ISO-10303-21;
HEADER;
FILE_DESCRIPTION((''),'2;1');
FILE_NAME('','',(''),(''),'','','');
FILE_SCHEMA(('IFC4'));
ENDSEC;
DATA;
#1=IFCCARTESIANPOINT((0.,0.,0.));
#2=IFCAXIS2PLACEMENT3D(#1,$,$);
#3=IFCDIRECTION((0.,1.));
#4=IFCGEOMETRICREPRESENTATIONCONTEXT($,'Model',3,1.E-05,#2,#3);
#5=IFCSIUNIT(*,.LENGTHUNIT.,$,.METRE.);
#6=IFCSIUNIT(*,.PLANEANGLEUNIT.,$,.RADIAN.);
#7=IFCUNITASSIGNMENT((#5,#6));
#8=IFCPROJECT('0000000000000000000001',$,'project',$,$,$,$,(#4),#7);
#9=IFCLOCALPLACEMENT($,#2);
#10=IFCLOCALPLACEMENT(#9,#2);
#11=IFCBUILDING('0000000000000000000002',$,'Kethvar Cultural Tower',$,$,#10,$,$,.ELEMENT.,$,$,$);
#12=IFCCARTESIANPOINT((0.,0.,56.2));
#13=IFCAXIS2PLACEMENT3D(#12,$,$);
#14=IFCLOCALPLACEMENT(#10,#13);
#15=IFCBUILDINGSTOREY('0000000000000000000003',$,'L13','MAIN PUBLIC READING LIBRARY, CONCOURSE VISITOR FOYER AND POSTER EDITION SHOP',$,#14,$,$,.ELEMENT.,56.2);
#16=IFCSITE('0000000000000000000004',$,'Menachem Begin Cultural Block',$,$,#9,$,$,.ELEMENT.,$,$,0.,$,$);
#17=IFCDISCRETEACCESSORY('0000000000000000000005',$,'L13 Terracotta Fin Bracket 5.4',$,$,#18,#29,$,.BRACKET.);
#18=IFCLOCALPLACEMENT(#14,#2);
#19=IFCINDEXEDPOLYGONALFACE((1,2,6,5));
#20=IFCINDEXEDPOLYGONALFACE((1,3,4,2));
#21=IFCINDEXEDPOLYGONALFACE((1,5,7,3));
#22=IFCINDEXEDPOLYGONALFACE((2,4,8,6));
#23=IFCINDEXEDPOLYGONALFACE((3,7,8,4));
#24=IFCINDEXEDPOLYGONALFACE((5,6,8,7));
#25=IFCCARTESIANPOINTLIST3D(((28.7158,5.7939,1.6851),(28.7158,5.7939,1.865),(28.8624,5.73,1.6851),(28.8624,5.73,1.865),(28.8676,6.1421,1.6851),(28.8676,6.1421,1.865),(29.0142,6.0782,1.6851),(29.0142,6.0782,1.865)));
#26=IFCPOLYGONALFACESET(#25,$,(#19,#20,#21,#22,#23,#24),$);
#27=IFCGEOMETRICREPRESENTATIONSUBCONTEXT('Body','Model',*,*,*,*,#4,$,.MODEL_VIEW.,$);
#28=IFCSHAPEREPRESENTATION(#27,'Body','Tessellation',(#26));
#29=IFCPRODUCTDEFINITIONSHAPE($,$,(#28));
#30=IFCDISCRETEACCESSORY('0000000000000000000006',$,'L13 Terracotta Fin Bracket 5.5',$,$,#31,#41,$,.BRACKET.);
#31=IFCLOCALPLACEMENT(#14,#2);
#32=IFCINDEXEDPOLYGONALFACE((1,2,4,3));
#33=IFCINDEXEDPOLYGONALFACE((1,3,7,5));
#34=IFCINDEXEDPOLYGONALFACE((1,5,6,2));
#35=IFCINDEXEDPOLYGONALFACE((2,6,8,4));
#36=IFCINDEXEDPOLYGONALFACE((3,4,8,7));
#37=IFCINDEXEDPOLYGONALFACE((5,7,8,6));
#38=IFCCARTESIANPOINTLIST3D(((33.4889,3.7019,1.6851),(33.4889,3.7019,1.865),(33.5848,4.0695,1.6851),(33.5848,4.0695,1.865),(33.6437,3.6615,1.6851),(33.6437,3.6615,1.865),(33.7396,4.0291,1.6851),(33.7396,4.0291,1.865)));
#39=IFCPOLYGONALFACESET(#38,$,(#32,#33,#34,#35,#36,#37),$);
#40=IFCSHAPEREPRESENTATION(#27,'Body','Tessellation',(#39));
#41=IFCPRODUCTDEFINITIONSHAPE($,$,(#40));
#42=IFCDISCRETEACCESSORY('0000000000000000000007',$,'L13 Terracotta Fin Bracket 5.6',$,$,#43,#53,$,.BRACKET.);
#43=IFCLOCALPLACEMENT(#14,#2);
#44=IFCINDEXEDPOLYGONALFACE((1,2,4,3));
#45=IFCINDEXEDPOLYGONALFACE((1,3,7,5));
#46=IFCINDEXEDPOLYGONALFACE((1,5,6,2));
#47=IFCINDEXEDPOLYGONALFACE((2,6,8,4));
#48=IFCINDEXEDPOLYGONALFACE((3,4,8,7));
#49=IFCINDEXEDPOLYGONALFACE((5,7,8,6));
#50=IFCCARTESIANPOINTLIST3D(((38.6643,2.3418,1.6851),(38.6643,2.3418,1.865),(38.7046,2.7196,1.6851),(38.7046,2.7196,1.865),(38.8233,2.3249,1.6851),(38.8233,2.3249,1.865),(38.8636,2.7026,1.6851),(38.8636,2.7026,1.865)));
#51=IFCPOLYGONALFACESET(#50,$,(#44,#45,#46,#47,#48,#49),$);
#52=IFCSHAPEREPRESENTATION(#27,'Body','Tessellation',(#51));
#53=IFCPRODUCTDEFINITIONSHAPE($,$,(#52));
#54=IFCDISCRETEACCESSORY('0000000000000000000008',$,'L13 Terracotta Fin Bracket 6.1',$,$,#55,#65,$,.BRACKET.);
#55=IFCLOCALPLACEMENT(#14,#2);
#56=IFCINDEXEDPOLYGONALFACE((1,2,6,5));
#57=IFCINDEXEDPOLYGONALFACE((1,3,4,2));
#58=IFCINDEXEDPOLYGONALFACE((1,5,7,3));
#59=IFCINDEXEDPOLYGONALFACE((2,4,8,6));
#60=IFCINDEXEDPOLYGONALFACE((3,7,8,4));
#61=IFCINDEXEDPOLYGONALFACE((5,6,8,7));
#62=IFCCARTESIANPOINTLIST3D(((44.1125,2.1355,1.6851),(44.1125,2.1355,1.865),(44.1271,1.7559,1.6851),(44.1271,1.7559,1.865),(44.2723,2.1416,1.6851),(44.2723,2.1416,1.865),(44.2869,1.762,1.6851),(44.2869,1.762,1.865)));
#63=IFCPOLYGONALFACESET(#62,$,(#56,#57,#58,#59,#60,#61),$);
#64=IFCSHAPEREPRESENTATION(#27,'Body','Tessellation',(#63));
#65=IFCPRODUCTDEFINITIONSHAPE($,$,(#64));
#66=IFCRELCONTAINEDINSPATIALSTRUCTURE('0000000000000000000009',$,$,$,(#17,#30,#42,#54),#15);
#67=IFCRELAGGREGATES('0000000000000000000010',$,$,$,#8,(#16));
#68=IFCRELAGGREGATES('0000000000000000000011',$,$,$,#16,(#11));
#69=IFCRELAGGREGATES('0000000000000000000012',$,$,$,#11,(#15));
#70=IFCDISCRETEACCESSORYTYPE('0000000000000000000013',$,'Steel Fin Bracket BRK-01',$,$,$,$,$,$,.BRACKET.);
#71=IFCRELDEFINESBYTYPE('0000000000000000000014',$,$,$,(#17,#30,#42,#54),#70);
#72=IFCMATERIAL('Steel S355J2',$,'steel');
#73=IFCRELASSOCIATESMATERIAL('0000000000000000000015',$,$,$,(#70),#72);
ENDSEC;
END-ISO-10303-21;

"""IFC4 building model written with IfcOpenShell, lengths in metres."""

from ifc_helpers import new_model, si_unit, direction, frame, origin, origin_2d, place, context, subcontext, project, spatial, rectangle, extrude, source, transform, mapped, material, type_object, element, save


model = new_model("IFC4")

# Units and contexts
model_context = context("Model", 3, precision=1e-05, world=origin(), true_north=direction((0.0, 1.0)))
body_context = subcontext(model_context, "Body", "Model", "MODEL_VIEW")
ifc_project = project(units=[si_unit("LENGTHUNIT", "METRE"), si_unit("PLANEANGLEUNIT", "RADIAN")], contexts=[model_context])

# Site, building, storey
site_placement = place(None, origin())
site = spatial("IfcSite", under=ifc_project, at=site_placement, Name="Menachem Begin Cultural Block", CompositionType="ELEMENT", RefElevation=0.0)
building_placement = place(site_placement, origin())
building = spatial("IfcBuilding", under=site, at=building_placement, Name="Kethvar Cultural Tower", CompositionType="ELEMENT")
storey_placement = place(building_placement, frame((0.0, 0.0, 56.2)))
storey = spatial("IfcBuildingStorey", under=building, at=storey_placement, Name="L13", Description="MAIN PUBLIC READING LIBRARY, CONCOURSE VISITOR FOYER AND POSTER EDITION SHOP", CompositionType="ELEMENT", Elevation=56.2)

# Shared definitions
ifc_material_1 = material(Name="Steel S355J2", Category="steel")

# Discrete accessories
discrete_accessory_type = type_object("IfcDiscreteAccessoryType", Name="Steel Fin Bracket BRK-01", PredefinedType="BRACKET", material=ifc_material_1)
shared_shape_1 = source(origin(), body_context, "Body", "SweptSolid", [
    extrude(rectangle(XDim=0.3799, YDim=0.1599, at=origin_2d()), origin(), (0.0, 0.0, 1.0), 0.1799),
])
for number, where, z_axis, x_axis, name in (
    (1, (28.865, 5.936, 1.6851), (0.0, 0.0, 1.0), (-0.399709, -0.916642, 0.0), "L13 Terracotta Fin Bracket 5.4"),
    (2, (33.6143, 3.8655, 1.6851), (0.0, 0.0, 1.0), (-0.252407, -0.967621, 0.0), "L13 Terracotta Fin Bracket 5.5"),
    (3, (38.7639, 2.5222, 1.6851), (0.0, 0.0, 1.0), (-0.106091, -0.994356, 0.0), "L13 Terracotta Fin Bracket 5.6"),
    (4, (44.1997, 1.9487, 1.6851), (0.0, 0.0, 1.0), (0.038388, -0.999263, 0.0), "L13 Terracotta Fin Bracket 6.1"),
):
    element("IfcDiscreteAccessory", number, at=place(storey_placement, frame(where, z_axis=z_axis, x_axis=x_axis)), inside=storey, type_object=discrete_accessory_type, Name=name, PredefinedType="BRACKET", context=body_context, shape_type="MappedRepresentation", body=[
        mapped(shared_shape_1, transform((0.0, 0.0, 0.0), scale=1.0)),
    ])

save(model, "model.ifc")
